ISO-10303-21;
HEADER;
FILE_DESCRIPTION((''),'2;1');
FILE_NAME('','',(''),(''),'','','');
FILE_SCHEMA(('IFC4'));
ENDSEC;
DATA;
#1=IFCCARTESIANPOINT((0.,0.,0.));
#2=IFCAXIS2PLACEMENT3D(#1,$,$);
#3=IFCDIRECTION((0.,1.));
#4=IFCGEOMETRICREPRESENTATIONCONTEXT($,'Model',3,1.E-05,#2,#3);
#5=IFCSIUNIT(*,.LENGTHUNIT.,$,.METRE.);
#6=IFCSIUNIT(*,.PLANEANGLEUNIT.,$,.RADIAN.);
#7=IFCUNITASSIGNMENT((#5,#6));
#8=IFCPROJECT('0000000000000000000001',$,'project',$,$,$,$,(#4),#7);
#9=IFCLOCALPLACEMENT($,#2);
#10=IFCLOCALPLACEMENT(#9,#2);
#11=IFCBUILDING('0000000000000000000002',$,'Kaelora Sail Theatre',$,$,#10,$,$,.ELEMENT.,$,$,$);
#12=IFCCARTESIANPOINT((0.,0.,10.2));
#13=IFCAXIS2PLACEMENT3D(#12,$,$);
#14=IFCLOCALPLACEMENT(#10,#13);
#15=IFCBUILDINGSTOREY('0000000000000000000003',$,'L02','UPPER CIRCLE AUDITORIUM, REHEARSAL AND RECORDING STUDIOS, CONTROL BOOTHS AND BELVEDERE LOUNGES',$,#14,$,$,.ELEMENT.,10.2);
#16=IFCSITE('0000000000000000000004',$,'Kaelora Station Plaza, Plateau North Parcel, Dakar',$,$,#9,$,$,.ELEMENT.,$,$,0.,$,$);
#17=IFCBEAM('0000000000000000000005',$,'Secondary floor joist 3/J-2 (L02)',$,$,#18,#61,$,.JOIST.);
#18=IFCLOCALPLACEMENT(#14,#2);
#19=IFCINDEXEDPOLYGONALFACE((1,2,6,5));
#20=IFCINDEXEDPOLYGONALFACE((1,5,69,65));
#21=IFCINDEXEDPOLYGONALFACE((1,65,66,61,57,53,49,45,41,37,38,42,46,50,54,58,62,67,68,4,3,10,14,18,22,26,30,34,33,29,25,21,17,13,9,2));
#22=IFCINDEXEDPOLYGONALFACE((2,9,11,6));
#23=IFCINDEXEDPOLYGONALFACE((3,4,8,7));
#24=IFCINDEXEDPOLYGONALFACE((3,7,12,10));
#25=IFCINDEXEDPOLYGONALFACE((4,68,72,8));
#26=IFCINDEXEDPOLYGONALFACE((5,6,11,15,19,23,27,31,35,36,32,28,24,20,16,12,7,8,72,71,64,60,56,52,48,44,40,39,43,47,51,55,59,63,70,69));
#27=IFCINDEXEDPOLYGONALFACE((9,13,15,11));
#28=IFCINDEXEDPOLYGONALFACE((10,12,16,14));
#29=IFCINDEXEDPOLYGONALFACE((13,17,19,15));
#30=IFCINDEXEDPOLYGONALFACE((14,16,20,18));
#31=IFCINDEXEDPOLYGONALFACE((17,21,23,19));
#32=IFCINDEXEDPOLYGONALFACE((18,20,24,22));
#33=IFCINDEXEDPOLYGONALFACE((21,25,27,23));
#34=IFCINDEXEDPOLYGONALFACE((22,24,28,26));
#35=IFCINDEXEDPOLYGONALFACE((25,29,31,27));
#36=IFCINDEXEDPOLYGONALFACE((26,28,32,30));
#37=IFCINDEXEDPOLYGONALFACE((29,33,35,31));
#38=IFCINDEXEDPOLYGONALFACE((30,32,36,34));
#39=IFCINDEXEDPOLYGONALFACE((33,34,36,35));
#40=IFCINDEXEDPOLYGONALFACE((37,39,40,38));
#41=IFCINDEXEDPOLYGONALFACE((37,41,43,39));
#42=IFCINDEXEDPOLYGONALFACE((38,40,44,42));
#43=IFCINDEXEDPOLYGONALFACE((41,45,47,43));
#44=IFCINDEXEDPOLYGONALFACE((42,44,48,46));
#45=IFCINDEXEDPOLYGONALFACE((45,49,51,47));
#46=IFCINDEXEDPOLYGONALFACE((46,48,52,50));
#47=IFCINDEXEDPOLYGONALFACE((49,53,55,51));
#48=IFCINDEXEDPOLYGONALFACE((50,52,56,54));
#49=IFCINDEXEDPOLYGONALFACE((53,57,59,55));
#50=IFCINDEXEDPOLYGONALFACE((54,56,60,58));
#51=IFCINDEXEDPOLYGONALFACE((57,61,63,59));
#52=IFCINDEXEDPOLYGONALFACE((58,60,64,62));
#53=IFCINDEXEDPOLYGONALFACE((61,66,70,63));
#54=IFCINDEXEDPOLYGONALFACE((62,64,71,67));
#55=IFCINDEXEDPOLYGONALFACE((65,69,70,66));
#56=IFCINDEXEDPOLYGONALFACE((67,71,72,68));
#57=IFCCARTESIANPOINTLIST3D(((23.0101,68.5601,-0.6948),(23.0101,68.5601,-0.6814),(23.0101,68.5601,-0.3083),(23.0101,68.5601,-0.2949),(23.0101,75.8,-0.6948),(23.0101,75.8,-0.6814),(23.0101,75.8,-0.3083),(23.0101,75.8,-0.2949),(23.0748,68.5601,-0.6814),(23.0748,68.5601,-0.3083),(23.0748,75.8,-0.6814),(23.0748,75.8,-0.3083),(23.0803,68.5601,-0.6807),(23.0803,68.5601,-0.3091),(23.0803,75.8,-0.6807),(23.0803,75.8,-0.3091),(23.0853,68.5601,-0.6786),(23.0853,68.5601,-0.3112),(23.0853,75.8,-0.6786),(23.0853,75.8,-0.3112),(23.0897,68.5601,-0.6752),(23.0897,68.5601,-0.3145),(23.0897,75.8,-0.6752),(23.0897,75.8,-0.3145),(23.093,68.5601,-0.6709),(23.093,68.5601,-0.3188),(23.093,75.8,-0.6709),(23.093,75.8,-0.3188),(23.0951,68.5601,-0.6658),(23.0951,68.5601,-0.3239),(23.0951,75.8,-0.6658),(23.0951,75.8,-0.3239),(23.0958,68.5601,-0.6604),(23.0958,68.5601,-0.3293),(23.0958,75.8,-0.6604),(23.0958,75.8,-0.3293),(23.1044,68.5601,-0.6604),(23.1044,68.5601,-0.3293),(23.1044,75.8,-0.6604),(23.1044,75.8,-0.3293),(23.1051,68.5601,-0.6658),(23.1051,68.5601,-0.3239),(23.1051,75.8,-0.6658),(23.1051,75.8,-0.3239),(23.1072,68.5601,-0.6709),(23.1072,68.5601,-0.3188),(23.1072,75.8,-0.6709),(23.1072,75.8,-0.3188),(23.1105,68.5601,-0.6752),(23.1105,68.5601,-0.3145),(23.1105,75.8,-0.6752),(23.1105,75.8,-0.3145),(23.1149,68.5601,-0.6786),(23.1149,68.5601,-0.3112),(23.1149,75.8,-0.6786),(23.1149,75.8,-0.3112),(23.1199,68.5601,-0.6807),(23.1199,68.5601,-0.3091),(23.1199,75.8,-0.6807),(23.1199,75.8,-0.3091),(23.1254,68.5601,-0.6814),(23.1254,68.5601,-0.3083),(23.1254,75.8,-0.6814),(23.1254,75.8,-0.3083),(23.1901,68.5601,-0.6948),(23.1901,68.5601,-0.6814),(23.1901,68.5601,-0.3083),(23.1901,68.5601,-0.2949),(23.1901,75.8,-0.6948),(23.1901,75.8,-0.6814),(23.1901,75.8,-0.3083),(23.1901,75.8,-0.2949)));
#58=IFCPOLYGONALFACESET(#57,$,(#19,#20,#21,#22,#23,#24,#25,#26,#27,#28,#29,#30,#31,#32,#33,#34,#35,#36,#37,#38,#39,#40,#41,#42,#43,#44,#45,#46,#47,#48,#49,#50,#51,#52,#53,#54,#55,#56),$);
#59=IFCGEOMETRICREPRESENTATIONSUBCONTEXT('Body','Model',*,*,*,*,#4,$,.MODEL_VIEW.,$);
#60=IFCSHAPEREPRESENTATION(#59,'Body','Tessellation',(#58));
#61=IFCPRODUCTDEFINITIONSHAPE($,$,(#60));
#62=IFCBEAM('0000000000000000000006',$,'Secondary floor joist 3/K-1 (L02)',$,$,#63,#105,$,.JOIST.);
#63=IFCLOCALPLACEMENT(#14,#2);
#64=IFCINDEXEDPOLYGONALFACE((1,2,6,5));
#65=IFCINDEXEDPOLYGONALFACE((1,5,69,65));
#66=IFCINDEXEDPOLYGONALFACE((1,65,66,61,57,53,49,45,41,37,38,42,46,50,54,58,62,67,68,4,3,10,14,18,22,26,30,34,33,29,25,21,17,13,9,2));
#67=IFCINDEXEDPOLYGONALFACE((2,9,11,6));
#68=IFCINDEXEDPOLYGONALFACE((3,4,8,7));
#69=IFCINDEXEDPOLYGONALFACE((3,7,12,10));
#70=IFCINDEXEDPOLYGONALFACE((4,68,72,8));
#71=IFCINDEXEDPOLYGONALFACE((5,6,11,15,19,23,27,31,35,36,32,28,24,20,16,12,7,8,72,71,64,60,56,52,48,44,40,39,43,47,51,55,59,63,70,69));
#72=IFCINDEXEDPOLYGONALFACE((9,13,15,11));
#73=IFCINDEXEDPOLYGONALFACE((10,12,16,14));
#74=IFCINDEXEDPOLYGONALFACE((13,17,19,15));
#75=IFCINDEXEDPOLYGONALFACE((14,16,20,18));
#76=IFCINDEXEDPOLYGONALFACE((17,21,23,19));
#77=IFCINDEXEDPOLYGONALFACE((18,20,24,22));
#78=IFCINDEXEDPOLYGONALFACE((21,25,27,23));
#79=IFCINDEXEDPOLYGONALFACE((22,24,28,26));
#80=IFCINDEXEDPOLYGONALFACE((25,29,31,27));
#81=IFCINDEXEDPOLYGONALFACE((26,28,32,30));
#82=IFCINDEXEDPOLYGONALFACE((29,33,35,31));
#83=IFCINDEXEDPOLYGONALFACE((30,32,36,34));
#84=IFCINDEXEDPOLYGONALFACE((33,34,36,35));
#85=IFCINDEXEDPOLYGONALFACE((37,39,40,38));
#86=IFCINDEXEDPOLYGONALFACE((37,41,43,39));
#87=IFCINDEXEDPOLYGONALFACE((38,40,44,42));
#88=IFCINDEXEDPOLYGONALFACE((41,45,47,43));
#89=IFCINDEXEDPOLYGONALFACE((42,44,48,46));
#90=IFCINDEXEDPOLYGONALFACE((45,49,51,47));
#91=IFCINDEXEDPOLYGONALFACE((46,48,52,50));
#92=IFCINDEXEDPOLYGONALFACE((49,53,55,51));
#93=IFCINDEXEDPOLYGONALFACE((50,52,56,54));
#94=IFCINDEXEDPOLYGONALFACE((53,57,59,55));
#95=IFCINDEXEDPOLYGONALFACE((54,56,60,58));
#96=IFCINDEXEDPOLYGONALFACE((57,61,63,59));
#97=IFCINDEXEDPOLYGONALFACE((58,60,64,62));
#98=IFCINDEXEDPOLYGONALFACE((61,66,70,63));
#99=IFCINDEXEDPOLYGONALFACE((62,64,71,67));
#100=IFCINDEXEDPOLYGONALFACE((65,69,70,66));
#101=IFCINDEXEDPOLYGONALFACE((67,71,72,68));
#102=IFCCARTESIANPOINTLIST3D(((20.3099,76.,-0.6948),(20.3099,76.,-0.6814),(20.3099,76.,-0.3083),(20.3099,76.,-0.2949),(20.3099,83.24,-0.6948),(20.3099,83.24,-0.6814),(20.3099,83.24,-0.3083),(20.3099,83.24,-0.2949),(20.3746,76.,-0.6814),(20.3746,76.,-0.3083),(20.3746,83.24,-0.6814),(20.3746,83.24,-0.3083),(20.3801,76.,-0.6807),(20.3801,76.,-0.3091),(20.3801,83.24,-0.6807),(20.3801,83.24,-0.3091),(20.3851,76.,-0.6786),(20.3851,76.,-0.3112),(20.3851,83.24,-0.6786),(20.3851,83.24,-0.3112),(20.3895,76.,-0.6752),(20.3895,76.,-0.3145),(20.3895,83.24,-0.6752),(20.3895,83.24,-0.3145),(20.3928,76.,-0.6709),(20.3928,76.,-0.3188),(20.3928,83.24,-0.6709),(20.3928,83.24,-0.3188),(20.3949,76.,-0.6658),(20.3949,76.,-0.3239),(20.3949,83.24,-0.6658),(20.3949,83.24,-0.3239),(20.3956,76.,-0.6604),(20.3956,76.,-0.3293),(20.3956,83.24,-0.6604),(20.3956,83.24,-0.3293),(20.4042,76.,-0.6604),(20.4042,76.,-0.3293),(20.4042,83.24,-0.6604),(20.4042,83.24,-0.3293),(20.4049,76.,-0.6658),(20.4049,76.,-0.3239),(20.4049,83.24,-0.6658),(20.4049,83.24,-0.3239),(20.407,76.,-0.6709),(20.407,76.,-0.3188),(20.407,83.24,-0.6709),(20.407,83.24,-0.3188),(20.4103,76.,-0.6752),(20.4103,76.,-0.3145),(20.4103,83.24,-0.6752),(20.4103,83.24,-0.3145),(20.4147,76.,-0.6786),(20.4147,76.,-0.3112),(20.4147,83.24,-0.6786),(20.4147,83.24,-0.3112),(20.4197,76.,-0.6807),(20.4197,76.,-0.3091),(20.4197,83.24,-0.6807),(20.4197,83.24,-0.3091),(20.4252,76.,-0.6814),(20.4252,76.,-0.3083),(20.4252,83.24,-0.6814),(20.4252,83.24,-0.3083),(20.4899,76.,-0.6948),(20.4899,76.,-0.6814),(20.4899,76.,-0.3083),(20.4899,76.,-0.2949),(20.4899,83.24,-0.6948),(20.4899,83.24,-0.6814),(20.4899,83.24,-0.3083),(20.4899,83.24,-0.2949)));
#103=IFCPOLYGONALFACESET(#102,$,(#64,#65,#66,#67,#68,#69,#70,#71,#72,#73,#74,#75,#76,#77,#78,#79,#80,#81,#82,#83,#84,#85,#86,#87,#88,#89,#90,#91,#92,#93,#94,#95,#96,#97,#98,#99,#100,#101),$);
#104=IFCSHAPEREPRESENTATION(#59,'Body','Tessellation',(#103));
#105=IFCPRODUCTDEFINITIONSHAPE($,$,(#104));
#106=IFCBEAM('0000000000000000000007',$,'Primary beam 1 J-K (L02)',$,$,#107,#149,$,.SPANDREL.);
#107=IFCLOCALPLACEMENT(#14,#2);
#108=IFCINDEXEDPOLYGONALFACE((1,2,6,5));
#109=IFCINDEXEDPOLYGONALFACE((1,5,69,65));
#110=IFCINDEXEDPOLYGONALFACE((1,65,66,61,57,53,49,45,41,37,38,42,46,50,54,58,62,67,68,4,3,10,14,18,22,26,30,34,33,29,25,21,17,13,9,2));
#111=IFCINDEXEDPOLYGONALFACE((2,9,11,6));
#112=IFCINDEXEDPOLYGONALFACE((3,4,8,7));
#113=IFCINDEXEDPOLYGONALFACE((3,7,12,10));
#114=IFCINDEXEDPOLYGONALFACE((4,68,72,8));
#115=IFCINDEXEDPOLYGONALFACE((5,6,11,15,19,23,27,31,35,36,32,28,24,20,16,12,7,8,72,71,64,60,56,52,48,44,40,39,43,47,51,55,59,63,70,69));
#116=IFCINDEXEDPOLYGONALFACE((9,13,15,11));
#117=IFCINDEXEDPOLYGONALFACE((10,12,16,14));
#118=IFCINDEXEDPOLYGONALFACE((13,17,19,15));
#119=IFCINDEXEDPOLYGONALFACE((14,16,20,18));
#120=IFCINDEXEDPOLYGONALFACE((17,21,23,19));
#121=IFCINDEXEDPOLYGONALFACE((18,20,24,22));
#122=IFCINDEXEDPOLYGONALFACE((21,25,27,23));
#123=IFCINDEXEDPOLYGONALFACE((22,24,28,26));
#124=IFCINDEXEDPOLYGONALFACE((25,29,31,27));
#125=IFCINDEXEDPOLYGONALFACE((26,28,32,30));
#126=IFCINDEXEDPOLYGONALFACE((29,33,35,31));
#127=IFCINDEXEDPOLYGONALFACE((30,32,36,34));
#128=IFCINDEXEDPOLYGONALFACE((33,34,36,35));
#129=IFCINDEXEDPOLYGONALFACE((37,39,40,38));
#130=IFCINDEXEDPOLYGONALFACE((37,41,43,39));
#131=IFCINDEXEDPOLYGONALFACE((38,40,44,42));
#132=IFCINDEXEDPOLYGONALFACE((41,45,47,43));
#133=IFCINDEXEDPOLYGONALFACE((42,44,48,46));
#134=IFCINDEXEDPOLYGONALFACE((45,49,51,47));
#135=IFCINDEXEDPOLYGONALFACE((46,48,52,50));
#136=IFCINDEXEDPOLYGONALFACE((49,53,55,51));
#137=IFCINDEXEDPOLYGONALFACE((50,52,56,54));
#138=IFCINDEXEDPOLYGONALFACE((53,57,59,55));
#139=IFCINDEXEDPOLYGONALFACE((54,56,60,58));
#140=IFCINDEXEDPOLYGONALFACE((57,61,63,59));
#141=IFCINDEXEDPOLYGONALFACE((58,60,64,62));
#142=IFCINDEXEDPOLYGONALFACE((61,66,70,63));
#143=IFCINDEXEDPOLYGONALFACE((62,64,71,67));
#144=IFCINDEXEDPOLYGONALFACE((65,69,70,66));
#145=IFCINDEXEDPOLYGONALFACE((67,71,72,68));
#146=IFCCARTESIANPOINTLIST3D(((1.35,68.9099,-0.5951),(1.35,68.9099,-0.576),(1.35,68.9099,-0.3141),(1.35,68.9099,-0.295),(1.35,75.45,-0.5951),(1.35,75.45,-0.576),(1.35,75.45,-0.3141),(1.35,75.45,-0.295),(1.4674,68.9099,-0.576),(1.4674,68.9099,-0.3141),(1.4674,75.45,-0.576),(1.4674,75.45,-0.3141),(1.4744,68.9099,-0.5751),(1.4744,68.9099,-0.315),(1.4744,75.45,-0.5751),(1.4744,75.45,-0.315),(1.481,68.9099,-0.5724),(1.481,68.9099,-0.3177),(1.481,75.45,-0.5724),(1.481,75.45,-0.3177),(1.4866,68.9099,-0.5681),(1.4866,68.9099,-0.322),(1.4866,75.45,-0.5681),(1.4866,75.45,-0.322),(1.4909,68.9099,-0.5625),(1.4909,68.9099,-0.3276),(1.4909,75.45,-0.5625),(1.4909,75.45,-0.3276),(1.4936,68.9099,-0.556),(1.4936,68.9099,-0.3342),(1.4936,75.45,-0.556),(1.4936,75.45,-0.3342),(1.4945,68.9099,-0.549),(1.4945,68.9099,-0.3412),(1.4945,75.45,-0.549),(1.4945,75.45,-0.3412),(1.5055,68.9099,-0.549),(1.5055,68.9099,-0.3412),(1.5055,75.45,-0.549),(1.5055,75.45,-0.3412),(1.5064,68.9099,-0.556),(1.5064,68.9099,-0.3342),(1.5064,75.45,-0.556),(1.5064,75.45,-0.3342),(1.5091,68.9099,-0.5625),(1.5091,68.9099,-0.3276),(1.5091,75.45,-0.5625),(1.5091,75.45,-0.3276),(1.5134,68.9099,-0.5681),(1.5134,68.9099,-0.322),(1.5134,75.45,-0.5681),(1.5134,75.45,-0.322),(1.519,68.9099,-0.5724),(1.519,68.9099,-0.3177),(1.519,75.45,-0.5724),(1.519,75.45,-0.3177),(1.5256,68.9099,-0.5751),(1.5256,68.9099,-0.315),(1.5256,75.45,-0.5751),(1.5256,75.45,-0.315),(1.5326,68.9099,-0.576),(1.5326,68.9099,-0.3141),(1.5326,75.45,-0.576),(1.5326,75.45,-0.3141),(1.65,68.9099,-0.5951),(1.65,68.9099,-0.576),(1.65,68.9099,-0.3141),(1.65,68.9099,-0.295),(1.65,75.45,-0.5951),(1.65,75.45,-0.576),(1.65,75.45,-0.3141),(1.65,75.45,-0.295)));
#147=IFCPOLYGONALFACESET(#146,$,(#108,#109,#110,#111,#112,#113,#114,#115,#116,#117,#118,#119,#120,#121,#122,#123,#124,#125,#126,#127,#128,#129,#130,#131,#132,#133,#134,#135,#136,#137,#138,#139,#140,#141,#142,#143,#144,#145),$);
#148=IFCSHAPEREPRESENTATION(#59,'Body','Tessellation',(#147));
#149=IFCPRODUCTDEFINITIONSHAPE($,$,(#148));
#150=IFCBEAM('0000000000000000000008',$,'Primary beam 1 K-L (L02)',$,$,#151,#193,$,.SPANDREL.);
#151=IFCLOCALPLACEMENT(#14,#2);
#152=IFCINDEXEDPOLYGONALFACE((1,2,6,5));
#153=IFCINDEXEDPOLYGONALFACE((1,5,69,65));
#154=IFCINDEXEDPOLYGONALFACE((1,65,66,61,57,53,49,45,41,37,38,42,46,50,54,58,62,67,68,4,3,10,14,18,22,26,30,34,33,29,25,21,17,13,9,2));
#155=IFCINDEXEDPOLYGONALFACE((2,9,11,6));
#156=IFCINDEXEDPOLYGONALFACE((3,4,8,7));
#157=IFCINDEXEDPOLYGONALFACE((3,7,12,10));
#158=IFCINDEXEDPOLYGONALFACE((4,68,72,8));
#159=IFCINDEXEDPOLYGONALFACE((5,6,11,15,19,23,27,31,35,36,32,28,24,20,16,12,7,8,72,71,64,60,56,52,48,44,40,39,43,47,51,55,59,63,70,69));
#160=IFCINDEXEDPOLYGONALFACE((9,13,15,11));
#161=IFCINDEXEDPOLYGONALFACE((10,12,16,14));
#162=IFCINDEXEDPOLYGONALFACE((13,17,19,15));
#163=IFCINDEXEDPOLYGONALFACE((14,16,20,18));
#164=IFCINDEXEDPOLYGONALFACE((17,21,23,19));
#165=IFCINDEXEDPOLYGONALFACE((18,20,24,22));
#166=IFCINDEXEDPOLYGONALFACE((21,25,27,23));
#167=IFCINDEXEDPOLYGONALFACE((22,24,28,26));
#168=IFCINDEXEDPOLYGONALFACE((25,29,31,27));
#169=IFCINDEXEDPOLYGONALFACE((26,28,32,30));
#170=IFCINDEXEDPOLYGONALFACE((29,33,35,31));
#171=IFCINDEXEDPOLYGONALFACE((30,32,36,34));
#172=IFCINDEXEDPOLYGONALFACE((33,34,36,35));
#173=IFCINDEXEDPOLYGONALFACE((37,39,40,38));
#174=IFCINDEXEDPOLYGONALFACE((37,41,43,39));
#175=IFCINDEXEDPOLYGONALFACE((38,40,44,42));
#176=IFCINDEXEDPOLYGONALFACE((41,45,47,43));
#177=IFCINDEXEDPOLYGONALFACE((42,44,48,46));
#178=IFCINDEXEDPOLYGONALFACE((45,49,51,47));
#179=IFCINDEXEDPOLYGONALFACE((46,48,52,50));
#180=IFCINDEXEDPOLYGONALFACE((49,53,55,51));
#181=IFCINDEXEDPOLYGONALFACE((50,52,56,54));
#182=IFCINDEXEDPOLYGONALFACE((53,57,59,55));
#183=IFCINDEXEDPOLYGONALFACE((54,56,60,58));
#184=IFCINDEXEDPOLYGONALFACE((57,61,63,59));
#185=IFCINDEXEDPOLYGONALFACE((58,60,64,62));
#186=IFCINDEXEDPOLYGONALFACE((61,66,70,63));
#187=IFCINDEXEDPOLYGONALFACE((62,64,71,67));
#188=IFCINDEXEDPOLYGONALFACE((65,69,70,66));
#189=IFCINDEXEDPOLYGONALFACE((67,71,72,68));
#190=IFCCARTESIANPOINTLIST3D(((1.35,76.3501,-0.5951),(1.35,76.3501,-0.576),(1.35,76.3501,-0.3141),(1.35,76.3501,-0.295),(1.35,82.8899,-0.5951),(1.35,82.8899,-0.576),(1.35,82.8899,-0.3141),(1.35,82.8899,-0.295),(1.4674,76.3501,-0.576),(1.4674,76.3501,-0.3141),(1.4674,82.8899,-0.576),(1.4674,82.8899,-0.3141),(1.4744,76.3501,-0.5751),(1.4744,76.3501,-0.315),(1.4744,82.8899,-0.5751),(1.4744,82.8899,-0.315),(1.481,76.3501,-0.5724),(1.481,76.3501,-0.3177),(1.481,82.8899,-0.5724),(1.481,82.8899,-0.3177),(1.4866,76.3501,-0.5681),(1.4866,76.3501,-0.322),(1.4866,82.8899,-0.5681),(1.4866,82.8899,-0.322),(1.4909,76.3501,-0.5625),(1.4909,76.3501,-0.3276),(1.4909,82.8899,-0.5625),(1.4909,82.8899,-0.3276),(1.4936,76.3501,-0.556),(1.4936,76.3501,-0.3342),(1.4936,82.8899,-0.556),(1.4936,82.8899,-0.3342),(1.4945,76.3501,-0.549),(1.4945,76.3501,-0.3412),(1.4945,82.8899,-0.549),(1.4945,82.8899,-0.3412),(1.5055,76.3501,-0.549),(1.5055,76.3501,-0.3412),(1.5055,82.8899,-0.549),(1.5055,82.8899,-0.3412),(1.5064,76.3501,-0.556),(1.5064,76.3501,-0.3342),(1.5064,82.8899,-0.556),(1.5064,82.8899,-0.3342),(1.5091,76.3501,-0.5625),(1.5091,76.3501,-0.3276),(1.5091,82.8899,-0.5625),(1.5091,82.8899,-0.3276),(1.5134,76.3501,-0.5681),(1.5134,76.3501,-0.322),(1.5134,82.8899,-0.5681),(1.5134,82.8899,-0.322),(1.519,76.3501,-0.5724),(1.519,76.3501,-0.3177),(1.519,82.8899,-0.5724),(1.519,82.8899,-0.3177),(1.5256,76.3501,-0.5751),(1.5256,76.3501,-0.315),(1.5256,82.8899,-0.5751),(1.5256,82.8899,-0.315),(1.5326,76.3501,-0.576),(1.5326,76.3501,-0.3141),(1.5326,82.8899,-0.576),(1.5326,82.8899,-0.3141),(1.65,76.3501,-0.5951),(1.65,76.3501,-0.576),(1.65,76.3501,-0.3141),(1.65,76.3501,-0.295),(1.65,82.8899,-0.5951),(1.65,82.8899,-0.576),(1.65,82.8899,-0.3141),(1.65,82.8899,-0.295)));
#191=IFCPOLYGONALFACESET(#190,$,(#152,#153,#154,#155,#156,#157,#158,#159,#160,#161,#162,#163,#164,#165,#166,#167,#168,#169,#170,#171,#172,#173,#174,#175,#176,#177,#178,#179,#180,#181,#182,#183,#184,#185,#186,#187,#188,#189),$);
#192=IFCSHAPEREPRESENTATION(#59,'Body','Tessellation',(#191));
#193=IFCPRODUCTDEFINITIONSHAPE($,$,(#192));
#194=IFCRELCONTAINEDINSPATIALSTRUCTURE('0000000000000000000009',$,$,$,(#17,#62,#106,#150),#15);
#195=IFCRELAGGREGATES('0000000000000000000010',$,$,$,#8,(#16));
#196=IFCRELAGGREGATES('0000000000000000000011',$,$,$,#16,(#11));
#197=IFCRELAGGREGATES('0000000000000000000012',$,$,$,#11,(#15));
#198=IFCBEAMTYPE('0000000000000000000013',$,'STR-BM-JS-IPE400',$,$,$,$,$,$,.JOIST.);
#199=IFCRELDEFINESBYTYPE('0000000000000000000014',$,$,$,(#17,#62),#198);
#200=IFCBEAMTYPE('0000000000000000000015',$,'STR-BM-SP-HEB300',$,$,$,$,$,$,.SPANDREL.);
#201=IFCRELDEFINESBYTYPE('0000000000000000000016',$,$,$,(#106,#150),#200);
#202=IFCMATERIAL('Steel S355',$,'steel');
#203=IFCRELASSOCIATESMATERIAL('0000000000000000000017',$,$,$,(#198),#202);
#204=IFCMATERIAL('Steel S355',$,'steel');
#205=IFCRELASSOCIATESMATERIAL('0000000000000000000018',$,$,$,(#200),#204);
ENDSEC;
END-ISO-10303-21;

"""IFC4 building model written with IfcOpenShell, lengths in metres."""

from ifc_helpers import new_model, si_unit, direction, frame, origin, origin_2d, place, context, subcontext, project, spatial, i_section, extrude, material, material_profile, profile_set, type_object, element, save


model = new_model("IFC4")

# Units and contexts
model_context = context("Model", 3, precision=1e-05, world=origin(), true_north=direction((0.0, 1.0)))
body_context = subcontext(model_context, "Body", "Model", "MODEL_VIEW")
ifc_project = project(units=[si_unit("LENGTHUNIT", "METRE"), si_unit("PLANEANGLEUNIT", "RADIAN")], contexts=[model_context])

# Site, building, storey
site_placement = place(None, origin())
site = spatial("IfcSite", under=ifc_project, at=site_placement, Name="Kaelora Station Plaza, Plateau North Parcel, Dakar", CompositionType="ELEMENT", RefElevation=0.0)
building_placement = place(site_placement, origin())
building = spatial("IfcBuilding", under=site, at=building_placement, Name="Kaelora Sail Theatre", CompositionType="ELEMENT")
storey_placement = place(building_placement, frame((0.0, 0.0, 10.2)))
storey = spatial("IfcBuildingStorey", under=building, at=storey_placement, Name="L02", Description="UPPER CIRCLE AUDITORIUM, REHEARSAL AND RECORDING STUDIOS, CONTROL BOOTHS AND BELVEDERE LOUNGES", CompositionType="ELEMENT", Elevation=10.2)

# Beams
ifc_material_1 = material(Name="Steel S355", Category="steel")
ifc_material_profile_1 = material_profile(ifc_material_1, i_section(OverallWidth=0.1799, OverallDepth=0.3999, WebThickness=0.0085, FlangeThickness=0.0134, FilletRadius=0.021, at=origin_2d()), Name="IPE 400")
ifc_profile_set_1 = profile_set([ifc_material_profile_1], Name="Steel S355")
beam_type_1 = type_object("IfcBeamType", Name="STR-BM-JS-IPE400", PredefinedType="JOIST", material=ifc_profile_set_1)
for number, where, z_axis, x_axis, name in (
    (1, (23.1001, 68.5601, -0.4949), (0.0, 1.0, 0.0), (-1.0, 0.0, 0.0), "Secondary floor joist 3/J-2 (L02)"),
    (2, (20.3999, 76.0, -0.4949), (0.0, 1.0, 0.0), (-1.0, 0.0, 0.0), "Secondary floor joist 3/K-1 (L02)"),
):
    element("IfcBeam", number, at=place(storey_placement, frame(where, z_axis=z_axis, x_axis=x_axis)), inside=storey, type_object=beam_type_1, Name=name, PredefinedType="JOIST", context=body_context, shape_type="SweptSolid", body=[
        extrude(i_section(OverallWidth=0.1799, OverallDepth=0.3999, WebThickness=0.0085, FlangeThickness=0.0134, FilletRadius=0.021, at=origin_2d()), origin(), (0.0, 0.0, 1.0), 7.24),
    ])
ifc_material_2 = material(Name="Steel S355", Category="steel")
ifc_material_profile_2 = material_profile(ifc_material_2, i_section(OverallWidth=0.3, OverallDepth=0.3, WebThickness=0.011, FlangeThickness=0.019, FilletRadius=0.0271, at=origin_2d()), Name="HEB 300")
ifc_profile_set_2 = profile_set([ifc_material_profile_2], Name="Steel S355")
beam_type_2 = type_object("IfcBeamType", Name="STR-BM-SP-HEB300", PredefinedType="SPANDREL", material=ifc_profile_set_2)
beam_1_placement = place(storey_placement, frame((1.5, 68.9099, -0.4451), z_axis=(0.0, 1.0, 0.0), x_axis=(-1.0, 0.0, 0.0)))
element("IfcBeam", 3, at=beam_1_placement, inside=storey, type_object=beam_type_2, Name="Primary beam 1 J-K (L02)", PredefinedType="SPANDREL", context=body_context, shape_type="SweptSolid", body=[
    extrude(i_section(OverallWidth=0.3, OverallDepth=0.3, WebThickness=0.011, FlangeThickness=0.019, FilletRadius=0.0271, at=origin_2d()), origin(), (0.0, 0.0, 1.0), 6.54),
])
beam_2_placement = place(storey_placement, frame((1.5, 76.3501, -0.4451), z_axis=(0.0, 1.0, 0.0), x_axis=(-1.0, 0.0, 0.0)))
element("IfcBeam", 4, at=beam_2_placement, inside=storey, type_object=beam_type_2, Name="Primary beam 1 K-L (L02)", PredefinedType="SPANDREL", context=body_context, shape_type="SweptSolid", body=[
    extrude(i_section(OverallWidth=0.3, OverallDepth=0.3, WebThickness=0.011, FlangeThickness=0.019, FilletRadius=0.0271, at=origin_2d()), origin(), (0.0, 0.0, 1.0), 6.5398),
])

save(model, "model.ifc")
